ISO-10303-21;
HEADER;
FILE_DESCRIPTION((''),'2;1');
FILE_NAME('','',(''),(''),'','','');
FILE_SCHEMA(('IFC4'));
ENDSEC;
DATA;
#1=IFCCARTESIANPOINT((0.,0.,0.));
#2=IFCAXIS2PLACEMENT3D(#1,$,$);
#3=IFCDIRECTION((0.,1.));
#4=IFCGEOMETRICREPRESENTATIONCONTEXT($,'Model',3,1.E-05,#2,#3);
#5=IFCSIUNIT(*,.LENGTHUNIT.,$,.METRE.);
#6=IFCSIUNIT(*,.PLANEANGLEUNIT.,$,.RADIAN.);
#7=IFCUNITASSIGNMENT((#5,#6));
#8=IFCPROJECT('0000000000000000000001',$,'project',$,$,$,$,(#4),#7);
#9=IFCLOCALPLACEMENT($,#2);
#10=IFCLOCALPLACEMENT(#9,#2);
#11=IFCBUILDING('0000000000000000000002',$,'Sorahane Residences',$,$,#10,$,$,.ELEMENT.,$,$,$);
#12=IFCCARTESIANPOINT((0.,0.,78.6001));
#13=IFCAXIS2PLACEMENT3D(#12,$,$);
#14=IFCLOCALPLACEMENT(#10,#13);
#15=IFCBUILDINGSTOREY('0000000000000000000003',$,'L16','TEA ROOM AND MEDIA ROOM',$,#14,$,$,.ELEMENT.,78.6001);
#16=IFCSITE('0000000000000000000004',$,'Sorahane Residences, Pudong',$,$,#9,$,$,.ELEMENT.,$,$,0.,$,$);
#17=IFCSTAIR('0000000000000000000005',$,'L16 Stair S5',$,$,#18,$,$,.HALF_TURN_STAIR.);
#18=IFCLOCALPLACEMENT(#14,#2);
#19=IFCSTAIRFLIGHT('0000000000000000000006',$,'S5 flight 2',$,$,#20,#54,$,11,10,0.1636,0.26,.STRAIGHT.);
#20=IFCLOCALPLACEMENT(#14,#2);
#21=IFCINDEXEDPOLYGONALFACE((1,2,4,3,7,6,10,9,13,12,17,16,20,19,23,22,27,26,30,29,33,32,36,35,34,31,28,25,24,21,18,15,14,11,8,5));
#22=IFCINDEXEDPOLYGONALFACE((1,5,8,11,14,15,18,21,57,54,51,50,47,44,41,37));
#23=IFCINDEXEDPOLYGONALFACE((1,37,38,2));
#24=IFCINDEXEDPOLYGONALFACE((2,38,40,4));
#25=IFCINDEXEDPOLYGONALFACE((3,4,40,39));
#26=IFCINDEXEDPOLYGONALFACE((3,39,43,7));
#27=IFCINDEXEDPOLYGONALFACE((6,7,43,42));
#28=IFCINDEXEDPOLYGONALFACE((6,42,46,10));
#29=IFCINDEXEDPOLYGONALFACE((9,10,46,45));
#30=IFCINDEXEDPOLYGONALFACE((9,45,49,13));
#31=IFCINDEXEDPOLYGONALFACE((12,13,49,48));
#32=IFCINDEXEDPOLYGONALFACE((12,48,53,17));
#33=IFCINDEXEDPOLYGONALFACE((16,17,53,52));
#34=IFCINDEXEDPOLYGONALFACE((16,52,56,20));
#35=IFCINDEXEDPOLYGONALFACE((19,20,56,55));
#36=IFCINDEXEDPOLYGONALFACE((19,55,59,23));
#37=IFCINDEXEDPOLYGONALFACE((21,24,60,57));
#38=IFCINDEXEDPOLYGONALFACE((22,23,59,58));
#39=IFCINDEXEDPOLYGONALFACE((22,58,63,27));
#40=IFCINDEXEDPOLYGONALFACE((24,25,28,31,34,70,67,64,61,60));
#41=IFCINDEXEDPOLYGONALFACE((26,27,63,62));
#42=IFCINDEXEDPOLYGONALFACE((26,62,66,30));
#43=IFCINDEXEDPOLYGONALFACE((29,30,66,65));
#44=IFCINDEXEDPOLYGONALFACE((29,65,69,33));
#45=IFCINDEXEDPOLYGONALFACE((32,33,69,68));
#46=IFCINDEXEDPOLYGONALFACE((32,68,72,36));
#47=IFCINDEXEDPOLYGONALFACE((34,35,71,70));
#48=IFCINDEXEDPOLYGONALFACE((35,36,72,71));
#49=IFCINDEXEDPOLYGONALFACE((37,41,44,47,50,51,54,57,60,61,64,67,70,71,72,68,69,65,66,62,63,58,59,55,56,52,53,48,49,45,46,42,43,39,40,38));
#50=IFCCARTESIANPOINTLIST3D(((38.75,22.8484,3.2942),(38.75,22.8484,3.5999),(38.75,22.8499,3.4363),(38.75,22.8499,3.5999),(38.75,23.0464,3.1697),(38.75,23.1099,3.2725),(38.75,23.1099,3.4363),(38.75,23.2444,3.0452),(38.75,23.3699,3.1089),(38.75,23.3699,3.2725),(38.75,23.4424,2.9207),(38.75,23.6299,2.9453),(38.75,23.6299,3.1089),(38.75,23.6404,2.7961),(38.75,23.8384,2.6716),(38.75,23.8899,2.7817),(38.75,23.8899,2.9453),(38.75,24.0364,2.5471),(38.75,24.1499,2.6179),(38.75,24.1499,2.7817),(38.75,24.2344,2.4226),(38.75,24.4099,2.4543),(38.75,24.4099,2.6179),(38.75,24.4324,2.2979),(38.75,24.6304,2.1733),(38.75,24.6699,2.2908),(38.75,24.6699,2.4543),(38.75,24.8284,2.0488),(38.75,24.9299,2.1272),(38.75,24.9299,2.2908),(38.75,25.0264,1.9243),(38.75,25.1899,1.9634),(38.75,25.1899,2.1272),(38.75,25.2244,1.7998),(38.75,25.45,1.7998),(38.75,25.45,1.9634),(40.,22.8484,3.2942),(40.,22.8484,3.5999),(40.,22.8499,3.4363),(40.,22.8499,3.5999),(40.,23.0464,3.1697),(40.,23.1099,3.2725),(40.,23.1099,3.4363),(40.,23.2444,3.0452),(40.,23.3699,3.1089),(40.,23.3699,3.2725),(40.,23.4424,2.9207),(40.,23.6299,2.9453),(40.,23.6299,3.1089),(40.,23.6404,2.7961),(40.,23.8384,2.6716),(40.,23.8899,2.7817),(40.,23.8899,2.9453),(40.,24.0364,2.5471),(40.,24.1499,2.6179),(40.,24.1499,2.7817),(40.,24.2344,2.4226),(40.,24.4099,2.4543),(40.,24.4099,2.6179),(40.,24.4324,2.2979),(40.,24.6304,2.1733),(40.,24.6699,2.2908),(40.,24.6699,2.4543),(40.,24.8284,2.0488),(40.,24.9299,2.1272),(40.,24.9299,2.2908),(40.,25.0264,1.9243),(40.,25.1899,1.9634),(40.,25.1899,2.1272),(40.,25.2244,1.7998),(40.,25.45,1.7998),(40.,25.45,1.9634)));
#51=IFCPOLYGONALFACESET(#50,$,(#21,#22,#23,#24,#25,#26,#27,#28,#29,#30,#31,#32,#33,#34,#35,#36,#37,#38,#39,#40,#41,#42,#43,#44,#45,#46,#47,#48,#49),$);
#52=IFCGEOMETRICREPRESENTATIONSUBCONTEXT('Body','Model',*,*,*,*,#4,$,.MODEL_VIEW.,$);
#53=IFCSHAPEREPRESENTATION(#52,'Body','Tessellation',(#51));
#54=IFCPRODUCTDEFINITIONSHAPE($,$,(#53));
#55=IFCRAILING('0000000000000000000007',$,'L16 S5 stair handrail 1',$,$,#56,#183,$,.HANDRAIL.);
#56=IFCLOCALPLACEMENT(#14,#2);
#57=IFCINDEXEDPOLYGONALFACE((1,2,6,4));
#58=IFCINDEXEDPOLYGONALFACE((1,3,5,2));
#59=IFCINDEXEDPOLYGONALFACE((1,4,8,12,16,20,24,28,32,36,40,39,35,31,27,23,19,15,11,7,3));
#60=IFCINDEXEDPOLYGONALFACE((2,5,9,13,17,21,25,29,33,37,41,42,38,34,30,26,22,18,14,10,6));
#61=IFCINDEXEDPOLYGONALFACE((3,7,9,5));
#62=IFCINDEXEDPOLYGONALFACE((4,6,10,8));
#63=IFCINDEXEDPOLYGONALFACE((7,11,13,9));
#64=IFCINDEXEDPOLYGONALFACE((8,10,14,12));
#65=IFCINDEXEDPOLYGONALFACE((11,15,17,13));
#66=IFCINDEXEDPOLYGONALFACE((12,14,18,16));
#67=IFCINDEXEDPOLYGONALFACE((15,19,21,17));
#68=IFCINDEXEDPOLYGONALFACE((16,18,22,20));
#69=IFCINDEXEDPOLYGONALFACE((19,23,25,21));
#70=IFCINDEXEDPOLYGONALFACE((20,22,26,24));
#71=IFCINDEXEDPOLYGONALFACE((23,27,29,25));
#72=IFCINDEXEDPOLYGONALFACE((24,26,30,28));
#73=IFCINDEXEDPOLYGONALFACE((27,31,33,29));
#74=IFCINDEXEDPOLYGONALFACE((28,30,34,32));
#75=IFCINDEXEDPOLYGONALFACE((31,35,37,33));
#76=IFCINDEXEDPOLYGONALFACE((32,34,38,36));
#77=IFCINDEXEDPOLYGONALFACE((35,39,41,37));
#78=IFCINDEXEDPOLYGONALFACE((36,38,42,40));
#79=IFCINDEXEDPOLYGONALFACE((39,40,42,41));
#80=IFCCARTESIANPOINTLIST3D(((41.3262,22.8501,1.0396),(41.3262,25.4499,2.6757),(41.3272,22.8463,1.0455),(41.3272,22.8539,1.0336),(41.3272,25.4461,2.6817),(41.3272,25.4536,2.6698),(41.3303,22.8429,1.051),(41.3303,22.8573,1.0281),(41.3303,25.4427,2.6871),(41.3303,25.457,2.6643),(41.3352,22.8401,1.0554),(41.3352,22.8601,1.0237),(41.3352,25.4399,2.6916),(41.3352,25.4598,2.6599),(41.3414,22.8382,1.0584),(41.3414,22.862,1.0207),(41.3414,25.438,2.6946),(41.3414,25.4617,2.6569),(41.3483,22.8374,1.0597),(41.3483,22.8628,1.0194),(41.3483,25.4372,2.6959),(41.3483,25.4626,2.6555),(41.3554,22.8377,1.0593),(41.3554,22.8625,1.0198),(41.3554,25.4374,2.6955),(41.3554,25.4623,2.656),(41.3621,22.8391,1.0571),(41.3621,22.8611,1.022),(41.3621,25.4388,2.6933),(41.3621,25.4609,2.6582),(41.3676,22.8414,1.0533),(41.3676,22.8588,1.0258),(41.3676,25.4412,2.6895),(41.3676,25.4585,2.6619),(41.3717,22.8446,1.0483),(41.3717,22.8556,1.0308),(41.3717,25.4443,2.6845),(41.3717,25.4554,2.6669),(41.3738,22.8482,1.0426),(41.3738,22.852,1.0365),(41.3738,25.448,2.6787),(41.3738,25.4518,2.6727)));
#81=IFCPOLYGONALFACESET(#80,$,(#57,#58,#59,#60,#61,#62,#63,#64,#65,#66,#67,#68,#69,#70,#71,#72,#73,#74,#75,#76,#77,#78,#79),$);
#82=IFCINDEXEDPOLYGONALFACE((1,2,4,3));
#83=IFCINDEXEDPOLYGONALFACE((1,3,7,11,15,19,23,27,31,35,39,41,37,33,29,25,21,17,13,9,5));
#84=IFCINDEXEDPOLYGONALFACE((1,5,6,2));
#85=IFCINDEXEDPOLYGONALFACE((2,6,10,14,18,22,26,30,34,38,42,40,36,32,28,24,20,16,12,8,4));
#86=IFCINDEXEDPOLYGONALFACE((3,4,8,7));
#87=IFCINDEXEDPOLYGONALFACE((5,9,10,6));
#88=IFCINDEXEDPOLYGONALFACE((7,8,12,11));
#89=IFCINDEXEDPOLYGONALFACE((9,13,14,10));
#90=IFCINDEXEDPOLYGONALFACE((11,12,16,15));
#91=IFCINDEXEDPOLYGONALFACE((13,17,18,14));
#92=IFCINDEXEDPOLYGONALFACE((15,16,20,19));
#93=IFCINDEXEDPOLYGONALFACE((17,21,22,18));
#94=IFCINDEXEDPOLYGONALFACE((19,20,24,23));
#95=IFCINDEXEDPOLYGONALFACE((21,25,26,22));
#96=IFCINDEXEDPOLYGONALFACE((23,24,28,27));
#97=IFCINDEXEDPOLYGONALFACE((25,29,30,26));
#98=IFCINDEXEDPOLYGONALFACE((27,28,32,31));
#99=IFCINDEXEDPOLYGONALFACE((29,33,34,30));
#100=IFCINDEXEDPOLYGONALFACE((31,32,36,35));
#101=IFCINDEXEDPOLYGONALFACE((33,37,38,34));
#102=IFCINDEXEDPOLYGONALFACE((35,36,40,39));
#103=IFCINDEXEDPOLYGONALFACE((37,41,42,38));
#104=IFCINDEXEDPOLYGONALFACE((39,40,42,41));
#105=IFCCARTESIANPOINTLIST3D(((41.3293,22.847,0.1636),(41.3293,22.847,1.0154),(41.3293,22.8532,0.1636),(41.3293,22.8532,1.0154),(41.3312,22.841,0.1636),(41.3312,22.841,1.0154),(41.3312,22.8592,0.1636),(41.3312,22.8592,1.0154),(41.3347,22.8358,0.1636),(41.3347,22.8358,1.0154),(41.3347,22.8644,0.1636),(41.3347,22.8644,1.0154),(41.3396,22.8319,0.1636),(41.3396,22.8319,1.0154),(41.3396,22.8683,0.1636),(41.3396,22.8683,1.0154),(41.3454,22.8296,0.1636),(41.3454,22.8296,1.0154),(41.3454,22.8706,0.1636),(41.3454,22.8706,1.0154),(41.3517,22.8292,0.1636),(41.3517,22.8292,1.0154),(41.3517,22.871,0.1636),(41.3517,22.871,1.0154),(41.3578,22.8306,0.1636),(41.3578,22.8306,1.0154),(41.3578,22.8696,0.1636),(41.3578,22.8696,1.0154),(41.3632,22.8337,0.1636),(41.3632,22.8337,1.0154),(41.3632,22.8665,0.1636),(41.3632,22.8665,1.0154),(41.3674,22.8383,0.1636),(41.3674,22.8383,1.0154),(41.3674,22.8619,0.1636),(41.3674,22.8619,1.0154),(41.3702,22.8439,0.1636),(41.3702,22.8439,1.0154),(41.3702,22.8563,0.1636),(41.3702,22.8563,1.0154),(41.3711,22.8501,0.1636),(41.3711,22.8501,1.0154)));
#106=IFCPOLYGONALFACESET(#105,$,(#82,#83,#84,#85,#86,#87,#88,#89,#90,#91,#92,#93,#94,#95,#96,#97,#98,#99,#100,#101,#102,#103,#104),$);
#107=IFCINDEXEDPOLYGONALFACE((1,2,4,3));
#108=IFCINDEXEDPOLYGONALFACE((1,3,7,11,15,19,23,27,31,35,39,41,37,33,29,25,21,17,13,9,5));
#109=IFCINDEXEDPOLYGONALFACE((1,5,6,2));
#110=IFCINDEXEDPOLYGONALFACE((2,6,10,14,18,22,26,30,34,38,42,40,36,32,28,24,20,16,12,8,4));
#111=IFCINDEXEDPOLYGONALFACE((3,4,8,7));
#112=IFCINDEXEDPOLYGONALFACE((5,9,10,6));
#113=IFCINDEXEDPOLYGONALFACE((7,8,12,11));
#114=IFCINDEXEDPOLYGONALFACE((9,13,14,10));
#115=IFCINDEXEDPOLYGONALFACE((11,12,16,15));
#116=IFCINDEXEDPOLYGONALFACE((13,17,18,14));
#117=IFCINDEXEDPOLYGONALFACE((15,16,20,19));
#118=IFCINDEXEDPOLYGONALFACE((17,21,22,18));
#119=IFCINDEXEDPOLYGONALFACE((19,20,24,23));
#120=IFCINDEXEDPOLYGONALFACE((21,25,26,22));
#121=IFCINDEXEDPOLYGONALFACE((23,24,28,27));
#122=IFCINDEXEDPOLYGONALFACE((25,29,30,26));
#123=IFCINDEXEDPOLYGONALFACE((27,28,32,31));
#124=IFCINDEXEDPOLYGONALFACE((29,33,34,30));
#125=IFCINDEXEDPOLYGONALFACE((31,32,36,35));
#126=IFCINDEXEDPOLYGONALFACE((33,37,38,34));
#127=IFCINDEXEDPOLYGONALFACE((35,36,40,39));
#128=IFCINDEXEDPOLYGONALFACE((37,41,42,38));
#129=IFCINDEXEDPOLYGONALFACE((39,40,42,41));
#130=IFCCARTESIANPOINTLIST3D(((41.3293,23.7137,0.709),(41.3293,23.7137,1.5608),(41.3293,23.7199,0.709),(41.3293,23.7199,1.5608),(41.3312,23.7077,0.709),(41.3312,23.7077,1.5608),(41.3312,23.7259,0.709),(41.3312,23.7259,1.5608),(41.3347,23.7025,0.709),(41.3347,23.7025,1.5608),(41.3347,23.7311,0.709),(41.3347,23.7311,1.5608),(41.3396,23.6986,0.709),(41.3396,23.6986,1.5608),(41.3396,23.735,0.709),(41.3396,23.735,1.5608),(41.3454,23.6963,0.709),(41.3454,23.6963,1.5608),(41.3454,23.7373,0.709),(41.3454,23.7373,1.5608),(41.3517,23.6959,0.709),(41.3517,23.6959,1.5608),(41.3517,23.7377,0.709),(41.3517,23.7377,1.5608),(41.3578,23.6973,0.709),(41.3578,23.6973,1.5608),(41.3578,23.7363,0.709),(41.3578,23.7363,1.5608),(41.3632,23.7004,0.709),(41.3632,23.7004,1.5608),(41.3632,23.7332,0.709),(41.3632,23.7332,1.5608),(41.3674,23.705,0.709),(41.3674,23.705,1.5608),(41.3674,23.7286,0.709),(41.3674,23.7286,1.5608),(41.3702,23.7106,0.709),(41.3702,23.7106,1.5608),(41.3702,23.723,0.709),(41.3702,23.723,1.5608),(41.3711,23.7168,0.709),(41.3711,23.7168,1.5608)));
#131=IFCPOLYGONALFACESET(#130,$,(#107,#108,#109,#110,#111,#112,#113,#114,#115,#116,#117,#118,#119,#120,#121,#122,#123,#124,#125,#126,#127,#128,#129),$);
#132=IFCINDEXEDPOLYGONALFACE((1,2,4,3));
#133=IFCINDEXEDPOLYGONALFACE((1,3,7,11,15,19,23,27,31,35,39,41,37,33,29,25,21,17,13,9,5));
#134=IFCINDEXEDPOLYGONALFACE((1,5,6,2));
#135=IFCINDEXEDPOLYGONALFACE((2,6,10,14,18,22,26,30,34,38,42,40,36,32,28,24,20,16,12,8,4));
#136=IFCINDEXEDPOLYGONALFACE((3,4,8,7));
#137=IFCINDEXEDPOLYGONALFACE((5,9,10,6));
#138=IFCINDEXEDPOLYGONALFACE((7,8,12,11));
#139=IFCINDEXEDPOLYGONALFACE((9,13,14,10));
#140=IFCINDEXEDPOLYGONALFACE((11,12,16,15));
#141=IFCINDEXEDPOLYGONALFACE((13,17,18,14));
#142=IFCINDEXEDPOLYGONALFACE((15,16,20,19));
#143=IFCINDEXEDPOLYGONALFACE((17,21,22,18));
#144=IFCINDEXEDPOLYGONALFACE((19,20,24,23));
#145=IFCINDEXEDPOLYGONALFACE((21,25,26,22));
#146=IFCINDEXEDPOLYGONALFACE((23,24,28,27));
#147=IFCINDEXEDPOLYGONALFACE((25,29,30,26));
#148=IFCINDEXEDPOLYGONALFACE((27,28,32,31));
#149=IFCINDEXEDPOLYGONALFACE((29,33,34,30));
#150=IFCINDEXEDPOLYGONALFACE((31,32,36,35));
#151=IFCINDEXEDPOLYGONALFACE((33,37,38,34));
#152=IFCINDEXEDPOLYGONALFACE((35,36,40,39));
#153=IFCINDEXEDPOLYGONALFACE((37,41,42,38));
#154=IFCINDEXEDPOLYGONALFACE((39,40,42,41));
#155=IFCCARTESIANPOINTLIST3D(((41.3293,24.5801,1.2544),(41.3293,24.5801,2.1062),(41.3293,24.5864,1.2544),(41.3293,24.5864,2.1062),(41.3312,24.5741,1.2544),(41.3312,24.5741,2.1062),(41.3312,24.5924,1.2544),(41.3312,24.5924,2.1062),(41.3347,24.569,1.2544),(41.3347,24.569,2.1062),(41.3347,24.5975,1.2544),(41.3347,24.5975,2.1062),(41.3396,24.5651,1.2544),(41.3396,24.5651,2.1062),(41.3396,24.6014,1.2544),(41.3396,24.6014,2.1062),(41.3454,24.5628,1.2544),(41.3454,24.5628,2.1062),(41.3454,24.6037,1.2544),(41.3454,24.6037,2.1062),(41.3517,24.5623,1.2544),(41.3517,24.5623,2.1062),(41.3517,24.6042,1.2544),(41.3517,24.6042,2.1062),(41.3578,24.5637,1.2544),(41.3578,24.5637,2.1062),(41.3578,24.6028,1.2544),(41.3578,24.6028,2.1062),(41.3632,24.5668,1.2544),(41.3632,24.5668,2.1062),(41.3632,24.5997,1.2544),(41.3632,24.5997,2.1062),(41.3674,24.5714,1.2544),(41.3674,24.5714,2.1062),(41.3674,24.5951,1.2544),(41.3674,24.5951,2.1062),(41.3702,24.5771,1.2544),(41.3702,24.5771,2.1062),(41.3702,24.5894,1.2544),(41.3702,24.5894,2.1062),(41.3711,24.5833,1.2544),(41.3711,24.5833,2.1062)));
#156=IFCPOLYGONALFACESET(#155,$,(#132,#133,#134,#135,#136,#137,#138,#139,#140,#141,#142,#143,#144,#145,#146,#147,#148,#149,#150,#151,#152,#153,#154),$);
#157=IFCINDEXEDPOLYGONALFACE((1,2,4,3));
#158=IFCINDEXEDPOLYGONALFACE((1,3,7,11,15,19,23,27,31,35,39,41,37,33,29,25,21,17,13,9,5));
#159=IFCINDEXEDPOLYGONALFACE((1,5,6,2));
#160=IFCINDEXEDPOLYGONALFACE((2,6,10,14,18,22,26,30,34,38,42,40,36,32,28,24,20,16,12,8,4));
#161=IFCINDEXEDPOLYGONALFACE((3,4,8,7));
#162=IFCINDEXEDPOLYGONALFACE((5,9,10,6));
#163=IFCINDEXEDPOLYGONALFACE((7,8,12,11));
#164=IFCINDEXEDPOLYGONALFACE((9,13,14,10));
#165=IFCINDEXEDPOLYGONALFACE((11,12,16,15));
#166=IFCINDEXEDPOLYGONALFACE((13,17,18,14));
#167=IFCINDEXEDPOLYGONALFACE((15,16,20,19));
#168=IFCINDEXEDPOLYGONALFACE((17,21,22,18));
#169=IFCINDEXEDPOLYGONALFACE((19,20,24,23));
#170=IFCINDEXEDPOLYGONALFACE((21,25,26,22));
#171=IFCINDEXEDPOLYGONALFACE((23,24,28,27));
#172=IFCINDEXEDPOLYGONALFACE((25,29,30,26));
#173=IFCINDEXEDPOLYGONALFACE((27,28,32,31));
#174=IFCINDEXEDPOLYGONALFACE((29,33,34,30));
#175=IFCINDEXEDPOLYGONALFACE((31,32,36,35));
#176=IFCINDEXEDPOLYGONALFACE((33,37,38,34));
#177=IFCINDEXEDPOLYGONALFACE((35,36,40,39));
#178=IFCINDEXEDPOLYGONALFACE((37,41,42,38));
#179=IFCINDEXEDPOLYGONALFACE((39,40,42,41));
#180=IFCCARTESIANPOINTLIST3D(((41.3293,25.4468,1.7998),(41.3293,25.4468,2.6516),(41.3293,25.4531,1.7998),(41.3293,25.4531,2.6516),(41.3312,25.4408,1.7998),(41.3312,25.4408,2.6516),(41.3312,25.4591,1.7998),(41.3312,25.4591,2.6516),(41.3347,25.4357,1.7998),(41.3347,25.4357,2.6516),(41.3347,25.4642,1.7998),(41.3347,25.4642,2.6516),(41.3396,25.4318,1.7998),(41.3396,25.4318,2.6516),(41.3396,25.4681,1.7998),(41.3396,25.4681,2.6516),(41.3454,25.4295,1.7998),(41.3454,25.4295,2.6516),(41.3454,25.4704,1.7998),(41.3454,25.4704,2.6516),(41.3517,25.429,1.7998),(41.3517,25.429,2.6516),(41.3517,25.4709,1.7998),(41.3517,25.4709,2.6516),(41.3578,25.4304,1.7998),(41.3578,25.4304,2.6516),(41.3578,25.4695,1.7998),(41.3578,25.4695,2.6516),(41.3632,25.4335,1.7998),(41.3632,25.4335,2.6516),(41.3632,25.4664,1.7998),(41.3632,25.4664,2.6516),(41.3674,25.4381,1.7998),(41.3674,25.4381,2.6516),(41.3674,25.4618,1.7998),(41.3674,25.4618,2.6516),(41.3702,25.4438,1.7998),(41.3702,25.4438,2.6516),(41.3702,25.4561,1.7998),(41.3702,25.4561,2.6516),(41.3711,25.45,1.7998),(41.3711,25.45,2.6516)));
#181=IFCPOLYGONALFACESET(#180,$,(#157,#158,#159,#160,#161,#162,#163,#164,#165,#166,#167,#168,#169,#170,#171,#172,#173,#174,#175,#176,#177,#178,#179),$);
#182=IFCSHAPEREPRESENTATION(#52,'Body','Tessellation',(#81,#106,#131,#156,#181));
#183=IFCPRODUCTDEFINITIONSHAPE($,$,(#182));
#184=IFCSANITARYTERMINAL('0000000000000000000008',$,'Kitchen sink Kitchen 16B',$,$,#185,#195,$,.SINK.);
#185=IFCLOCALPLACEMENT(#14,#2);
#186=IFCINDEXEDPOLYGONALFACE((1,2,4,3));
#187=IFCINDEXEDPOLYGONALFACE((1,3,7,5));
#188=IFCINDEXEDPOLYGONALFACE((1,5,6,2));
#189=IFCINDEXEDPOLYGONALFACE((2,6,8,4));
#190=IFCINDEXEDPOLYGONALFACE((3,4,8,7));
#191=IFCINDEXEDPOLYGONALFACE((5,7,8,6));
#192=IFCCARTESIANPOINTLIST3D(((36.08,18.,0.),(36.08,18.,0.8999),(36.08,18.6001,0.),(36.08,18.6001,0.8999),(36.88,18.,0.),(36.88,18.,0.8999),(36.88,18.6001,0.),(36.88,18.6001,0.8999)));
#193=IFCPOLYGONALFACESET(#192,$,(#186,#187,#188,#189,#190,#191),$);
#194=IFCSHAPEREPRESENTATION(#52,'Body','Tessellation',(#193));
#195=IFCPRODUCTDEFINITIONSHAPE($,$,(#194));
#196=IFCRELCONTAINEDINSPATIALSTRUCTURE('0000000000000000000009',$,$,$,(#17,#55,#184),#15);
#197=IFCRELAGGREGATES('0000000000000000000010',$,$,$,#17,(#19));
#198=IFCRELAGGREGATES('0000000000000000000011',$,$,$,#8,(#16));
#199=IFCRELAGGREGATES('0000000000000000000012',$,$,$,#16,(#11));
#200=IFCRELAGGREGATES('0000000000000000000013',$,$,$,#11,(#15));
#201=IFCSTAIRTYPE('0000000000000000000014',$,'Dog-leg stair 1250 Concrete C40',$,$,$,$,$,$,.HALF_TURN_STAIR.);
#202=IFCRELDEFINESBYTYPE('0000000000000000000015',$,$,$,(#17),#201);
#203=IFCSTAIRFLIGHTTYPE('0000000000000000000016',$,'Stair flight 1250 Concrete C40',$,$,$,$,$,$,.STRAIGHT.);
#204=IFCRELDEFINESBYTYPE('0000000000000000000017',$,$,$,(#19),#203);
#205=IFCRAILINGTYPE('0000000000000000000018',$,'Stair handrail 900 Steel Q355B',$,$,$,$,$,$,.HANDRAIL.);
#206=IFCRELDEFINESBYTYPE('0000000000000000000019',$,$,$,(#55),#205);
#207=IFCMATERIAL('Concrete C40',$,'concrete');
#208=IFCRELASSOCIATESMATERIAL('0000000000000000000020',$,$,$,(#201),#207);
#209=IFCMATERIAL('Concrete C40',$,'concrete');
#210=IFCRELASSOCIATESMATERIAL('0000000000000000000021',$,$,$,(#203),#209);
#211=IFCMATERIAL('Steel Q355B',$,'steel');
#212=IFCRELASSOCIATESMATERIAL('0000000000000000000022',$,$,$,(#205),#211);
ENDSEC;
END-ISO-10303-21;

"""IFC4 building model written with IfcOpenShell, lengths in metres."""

from ifc_helpers import new_model, si_unit, direction, frame, origin, origin_2d, place, context, subcontext, project, spatial, polyline, rectangle, circle, outline, extrude, material, type_object, element, aggregate, save


model = new_model("IFC4")

# Units and contexts
model_context = context("Model", 3, precision=1e-05, world=origin(), true_north=direction((0.0, 1.0)))
body_context = subcontext(model_context, "Body", "Model", "MODEL_VIEW")
ifc_project = project(units=[si_unit("LENGTHUNIT", "METRE"), si_unit("PLANEANGLEUNIT", "RADIAN")], contexts=[model_context])

# Site, building, storey
site_placement = place(None, origin())
site = spatial("IfcSite", under=ifc_project, at=site_placement, Name="Sorahane Residences, Pudong", CompositionType="ELEMENT", RefElevation=0.0)
building_placement = place(site_placement, origin())
building = spatial("IfcBuilding", under=site, at=building_placement, Name="Sorahane Residences", CompositionType="ELEMENT")
storey_placement = place(building_placement, frame((0.0, 0.0, 78.6001)))
storey = spatial("IfcBuildingStorey", under=building, at=storey_placement, Name="L16", Description="TEA ROOM AND MEDIA ROOM", CompositionType="ELEMENT", Elevation=78.6001)

# Stair, stair flight
ifc_material_1 = material(Name="Concrete C40", Category="concrete")
stair_type = type_object("IfcStairType", Name="Dog-leg stair 1250 Concrete C40", PredefinedType="HALF_TURN_STAIR", material=ifc_material_1)
stair_placement = place(storey_placement, origin())
stair = element("IfcStair", 1, at=stair_placement, inside=storey, type_object=stair_type, Name="L16 Stair S5", PredefinedType="HALF_TURN_STAIR")
ifc_material_2 = material(Name="Concrete C40", Category="concrete")
stair_flight_type = type_object("IfcStairFlightType", Name="Stair flight 1250 Concrete C40", PredefinedType="STRAIGHT", material=ifc_material_2)
stair_flight_1_placement = place(storey_placement, frame((39.375, 25.45, 1.7998), z_axis=(0.0, 0.0, 1.0), x_axis=(0.0, -1.0, 0.0)))
stair_flight_1 = element("IfcStairFlight", 2, at=stair_flight_1_placement, type_object=stair_flight_type, Name="S5 flight 2", NumberOfRisers=11, NumberOfTreads=10, PredefinedType="STRAIGHT", RiserHeight=0.1636, TreadLength=0.26, context=body_context, shape_type="SweptSolid", body=[
    extrude(outline(polyline([(0.0, 0.0), (0.0, 0.1636), (0.26, 0.1636), (0.26, 0.3274), (0.52, 0.3274), (0.52, 0.491), (0.78, 0.491), (0.78, 0.6545), (1.04, 0.6545), (1.04, 0.8181), (1.3, 0.8181), (1.3, 0.9819), (1.5601, 0.9819), (1.5601, 1.1455), (1.8201, 1.1455), (1.8201, 1.3091), (2.0801, 1.3091), (2.0801, 1.4727), (2.3401, 1.4727), (2.3401, 1.6365), (2.6001, 1.6365), (2.6001, 1.8), (2.6016, 1.8), (2.6016, 1.4944), (2.4036, 1.3699), (2.2056, 1.2454), (2.0076, 1.1208), (1.8096, 0.9963), (1.6116, 0.8718), (1.4136, 0.7473), (1.2156, 0.6228), (1.0176, 0.498), (0.8196, 0.3735), (0.6216, 0.249), (0.4236, 0.1245), (0.2256, 0.0), (0.0, 0.0)])), frame((0.0, 0.625, 0.0), z_axis=(0.0, -1.0, 0.0), x_axis=(1.0, 0.0, 0.0)), (0.0, 0.0, 1.0), 1.25),
])
aggregate(stair, [stair_flight_1])

# Railing
ifc_material_3 = material(Name="Steel Q355B", Category="steel")
railing_type_1 = type_object("IfcRailingType", Name="Stair handrail 900 Steel Q355B", PredefinedType="HANDRAIL", material=ifc_material_3)
railing_1_placement = place(storey_placement, frame((41.3501, 22.8501, 0.1636)))
element("IfcRailing", 3, at=railing_1_placement, inside=storey, type_object=railing_type_1, Name="L16 S5 stair handrail 1", PredefinedType="HANDRAIL", context=body_context, shape_type="SweptSolid", body=[
    extrude(circle(Radius=0.0239, at=origin_2d()), frame((0.0, 0.0, 0.876), z_axis=(0.0, 0.846338, 0.532647), x_axis=(-1.0, 0.0, 0.0)), (0.0, 0.0, 1.0), 3.0718),
    extrude(circle(Radius=0.021, at=origin_2d()), origin(), (0.0, 0.0, 1.0), 0.8518),
    extrude(circle(Radius=0.021, at=origin_2d()), frame((0.0, 0.8667, 0.5454)), (0.0, 0.0, 1.0), 0.8518),
    extrude(circle(Radius=0.021, at=origin_2d()), frame((0.0, 1.7332, 1.0908)), (0.0, 0.0, 1.0), 0.8518),
    extrude(circle(Radius=0.021, at=origin_2d()), frame((0.0, 2.5999, 1.6362)), (0.0, 0.0, 1.0), 0.8518),
])

# Sanitary terminal
sanitary_terminal_placement = place(storey_placement, frame((36.48, 18.3, 0.0), z_axis=(0.0, 0.0, 1.0), x_axis=(1.0, 0.0, 0.0)))
element("IfcSanitaryTerminal", 4, at=sanitary_terminal_placement, inside=storey, Name="Kitchen sink Kitchen 16B", PredefinedType="SINK", context=body_context, shape_type="SweptSolid", body=[
    extrude(rectangle(XDim=0.8, YDim=0.6001, at=origin_2d()), origin(), (0.0, 0.0, 1.0), 0.8999),
])

save(model, "model.ifc")
